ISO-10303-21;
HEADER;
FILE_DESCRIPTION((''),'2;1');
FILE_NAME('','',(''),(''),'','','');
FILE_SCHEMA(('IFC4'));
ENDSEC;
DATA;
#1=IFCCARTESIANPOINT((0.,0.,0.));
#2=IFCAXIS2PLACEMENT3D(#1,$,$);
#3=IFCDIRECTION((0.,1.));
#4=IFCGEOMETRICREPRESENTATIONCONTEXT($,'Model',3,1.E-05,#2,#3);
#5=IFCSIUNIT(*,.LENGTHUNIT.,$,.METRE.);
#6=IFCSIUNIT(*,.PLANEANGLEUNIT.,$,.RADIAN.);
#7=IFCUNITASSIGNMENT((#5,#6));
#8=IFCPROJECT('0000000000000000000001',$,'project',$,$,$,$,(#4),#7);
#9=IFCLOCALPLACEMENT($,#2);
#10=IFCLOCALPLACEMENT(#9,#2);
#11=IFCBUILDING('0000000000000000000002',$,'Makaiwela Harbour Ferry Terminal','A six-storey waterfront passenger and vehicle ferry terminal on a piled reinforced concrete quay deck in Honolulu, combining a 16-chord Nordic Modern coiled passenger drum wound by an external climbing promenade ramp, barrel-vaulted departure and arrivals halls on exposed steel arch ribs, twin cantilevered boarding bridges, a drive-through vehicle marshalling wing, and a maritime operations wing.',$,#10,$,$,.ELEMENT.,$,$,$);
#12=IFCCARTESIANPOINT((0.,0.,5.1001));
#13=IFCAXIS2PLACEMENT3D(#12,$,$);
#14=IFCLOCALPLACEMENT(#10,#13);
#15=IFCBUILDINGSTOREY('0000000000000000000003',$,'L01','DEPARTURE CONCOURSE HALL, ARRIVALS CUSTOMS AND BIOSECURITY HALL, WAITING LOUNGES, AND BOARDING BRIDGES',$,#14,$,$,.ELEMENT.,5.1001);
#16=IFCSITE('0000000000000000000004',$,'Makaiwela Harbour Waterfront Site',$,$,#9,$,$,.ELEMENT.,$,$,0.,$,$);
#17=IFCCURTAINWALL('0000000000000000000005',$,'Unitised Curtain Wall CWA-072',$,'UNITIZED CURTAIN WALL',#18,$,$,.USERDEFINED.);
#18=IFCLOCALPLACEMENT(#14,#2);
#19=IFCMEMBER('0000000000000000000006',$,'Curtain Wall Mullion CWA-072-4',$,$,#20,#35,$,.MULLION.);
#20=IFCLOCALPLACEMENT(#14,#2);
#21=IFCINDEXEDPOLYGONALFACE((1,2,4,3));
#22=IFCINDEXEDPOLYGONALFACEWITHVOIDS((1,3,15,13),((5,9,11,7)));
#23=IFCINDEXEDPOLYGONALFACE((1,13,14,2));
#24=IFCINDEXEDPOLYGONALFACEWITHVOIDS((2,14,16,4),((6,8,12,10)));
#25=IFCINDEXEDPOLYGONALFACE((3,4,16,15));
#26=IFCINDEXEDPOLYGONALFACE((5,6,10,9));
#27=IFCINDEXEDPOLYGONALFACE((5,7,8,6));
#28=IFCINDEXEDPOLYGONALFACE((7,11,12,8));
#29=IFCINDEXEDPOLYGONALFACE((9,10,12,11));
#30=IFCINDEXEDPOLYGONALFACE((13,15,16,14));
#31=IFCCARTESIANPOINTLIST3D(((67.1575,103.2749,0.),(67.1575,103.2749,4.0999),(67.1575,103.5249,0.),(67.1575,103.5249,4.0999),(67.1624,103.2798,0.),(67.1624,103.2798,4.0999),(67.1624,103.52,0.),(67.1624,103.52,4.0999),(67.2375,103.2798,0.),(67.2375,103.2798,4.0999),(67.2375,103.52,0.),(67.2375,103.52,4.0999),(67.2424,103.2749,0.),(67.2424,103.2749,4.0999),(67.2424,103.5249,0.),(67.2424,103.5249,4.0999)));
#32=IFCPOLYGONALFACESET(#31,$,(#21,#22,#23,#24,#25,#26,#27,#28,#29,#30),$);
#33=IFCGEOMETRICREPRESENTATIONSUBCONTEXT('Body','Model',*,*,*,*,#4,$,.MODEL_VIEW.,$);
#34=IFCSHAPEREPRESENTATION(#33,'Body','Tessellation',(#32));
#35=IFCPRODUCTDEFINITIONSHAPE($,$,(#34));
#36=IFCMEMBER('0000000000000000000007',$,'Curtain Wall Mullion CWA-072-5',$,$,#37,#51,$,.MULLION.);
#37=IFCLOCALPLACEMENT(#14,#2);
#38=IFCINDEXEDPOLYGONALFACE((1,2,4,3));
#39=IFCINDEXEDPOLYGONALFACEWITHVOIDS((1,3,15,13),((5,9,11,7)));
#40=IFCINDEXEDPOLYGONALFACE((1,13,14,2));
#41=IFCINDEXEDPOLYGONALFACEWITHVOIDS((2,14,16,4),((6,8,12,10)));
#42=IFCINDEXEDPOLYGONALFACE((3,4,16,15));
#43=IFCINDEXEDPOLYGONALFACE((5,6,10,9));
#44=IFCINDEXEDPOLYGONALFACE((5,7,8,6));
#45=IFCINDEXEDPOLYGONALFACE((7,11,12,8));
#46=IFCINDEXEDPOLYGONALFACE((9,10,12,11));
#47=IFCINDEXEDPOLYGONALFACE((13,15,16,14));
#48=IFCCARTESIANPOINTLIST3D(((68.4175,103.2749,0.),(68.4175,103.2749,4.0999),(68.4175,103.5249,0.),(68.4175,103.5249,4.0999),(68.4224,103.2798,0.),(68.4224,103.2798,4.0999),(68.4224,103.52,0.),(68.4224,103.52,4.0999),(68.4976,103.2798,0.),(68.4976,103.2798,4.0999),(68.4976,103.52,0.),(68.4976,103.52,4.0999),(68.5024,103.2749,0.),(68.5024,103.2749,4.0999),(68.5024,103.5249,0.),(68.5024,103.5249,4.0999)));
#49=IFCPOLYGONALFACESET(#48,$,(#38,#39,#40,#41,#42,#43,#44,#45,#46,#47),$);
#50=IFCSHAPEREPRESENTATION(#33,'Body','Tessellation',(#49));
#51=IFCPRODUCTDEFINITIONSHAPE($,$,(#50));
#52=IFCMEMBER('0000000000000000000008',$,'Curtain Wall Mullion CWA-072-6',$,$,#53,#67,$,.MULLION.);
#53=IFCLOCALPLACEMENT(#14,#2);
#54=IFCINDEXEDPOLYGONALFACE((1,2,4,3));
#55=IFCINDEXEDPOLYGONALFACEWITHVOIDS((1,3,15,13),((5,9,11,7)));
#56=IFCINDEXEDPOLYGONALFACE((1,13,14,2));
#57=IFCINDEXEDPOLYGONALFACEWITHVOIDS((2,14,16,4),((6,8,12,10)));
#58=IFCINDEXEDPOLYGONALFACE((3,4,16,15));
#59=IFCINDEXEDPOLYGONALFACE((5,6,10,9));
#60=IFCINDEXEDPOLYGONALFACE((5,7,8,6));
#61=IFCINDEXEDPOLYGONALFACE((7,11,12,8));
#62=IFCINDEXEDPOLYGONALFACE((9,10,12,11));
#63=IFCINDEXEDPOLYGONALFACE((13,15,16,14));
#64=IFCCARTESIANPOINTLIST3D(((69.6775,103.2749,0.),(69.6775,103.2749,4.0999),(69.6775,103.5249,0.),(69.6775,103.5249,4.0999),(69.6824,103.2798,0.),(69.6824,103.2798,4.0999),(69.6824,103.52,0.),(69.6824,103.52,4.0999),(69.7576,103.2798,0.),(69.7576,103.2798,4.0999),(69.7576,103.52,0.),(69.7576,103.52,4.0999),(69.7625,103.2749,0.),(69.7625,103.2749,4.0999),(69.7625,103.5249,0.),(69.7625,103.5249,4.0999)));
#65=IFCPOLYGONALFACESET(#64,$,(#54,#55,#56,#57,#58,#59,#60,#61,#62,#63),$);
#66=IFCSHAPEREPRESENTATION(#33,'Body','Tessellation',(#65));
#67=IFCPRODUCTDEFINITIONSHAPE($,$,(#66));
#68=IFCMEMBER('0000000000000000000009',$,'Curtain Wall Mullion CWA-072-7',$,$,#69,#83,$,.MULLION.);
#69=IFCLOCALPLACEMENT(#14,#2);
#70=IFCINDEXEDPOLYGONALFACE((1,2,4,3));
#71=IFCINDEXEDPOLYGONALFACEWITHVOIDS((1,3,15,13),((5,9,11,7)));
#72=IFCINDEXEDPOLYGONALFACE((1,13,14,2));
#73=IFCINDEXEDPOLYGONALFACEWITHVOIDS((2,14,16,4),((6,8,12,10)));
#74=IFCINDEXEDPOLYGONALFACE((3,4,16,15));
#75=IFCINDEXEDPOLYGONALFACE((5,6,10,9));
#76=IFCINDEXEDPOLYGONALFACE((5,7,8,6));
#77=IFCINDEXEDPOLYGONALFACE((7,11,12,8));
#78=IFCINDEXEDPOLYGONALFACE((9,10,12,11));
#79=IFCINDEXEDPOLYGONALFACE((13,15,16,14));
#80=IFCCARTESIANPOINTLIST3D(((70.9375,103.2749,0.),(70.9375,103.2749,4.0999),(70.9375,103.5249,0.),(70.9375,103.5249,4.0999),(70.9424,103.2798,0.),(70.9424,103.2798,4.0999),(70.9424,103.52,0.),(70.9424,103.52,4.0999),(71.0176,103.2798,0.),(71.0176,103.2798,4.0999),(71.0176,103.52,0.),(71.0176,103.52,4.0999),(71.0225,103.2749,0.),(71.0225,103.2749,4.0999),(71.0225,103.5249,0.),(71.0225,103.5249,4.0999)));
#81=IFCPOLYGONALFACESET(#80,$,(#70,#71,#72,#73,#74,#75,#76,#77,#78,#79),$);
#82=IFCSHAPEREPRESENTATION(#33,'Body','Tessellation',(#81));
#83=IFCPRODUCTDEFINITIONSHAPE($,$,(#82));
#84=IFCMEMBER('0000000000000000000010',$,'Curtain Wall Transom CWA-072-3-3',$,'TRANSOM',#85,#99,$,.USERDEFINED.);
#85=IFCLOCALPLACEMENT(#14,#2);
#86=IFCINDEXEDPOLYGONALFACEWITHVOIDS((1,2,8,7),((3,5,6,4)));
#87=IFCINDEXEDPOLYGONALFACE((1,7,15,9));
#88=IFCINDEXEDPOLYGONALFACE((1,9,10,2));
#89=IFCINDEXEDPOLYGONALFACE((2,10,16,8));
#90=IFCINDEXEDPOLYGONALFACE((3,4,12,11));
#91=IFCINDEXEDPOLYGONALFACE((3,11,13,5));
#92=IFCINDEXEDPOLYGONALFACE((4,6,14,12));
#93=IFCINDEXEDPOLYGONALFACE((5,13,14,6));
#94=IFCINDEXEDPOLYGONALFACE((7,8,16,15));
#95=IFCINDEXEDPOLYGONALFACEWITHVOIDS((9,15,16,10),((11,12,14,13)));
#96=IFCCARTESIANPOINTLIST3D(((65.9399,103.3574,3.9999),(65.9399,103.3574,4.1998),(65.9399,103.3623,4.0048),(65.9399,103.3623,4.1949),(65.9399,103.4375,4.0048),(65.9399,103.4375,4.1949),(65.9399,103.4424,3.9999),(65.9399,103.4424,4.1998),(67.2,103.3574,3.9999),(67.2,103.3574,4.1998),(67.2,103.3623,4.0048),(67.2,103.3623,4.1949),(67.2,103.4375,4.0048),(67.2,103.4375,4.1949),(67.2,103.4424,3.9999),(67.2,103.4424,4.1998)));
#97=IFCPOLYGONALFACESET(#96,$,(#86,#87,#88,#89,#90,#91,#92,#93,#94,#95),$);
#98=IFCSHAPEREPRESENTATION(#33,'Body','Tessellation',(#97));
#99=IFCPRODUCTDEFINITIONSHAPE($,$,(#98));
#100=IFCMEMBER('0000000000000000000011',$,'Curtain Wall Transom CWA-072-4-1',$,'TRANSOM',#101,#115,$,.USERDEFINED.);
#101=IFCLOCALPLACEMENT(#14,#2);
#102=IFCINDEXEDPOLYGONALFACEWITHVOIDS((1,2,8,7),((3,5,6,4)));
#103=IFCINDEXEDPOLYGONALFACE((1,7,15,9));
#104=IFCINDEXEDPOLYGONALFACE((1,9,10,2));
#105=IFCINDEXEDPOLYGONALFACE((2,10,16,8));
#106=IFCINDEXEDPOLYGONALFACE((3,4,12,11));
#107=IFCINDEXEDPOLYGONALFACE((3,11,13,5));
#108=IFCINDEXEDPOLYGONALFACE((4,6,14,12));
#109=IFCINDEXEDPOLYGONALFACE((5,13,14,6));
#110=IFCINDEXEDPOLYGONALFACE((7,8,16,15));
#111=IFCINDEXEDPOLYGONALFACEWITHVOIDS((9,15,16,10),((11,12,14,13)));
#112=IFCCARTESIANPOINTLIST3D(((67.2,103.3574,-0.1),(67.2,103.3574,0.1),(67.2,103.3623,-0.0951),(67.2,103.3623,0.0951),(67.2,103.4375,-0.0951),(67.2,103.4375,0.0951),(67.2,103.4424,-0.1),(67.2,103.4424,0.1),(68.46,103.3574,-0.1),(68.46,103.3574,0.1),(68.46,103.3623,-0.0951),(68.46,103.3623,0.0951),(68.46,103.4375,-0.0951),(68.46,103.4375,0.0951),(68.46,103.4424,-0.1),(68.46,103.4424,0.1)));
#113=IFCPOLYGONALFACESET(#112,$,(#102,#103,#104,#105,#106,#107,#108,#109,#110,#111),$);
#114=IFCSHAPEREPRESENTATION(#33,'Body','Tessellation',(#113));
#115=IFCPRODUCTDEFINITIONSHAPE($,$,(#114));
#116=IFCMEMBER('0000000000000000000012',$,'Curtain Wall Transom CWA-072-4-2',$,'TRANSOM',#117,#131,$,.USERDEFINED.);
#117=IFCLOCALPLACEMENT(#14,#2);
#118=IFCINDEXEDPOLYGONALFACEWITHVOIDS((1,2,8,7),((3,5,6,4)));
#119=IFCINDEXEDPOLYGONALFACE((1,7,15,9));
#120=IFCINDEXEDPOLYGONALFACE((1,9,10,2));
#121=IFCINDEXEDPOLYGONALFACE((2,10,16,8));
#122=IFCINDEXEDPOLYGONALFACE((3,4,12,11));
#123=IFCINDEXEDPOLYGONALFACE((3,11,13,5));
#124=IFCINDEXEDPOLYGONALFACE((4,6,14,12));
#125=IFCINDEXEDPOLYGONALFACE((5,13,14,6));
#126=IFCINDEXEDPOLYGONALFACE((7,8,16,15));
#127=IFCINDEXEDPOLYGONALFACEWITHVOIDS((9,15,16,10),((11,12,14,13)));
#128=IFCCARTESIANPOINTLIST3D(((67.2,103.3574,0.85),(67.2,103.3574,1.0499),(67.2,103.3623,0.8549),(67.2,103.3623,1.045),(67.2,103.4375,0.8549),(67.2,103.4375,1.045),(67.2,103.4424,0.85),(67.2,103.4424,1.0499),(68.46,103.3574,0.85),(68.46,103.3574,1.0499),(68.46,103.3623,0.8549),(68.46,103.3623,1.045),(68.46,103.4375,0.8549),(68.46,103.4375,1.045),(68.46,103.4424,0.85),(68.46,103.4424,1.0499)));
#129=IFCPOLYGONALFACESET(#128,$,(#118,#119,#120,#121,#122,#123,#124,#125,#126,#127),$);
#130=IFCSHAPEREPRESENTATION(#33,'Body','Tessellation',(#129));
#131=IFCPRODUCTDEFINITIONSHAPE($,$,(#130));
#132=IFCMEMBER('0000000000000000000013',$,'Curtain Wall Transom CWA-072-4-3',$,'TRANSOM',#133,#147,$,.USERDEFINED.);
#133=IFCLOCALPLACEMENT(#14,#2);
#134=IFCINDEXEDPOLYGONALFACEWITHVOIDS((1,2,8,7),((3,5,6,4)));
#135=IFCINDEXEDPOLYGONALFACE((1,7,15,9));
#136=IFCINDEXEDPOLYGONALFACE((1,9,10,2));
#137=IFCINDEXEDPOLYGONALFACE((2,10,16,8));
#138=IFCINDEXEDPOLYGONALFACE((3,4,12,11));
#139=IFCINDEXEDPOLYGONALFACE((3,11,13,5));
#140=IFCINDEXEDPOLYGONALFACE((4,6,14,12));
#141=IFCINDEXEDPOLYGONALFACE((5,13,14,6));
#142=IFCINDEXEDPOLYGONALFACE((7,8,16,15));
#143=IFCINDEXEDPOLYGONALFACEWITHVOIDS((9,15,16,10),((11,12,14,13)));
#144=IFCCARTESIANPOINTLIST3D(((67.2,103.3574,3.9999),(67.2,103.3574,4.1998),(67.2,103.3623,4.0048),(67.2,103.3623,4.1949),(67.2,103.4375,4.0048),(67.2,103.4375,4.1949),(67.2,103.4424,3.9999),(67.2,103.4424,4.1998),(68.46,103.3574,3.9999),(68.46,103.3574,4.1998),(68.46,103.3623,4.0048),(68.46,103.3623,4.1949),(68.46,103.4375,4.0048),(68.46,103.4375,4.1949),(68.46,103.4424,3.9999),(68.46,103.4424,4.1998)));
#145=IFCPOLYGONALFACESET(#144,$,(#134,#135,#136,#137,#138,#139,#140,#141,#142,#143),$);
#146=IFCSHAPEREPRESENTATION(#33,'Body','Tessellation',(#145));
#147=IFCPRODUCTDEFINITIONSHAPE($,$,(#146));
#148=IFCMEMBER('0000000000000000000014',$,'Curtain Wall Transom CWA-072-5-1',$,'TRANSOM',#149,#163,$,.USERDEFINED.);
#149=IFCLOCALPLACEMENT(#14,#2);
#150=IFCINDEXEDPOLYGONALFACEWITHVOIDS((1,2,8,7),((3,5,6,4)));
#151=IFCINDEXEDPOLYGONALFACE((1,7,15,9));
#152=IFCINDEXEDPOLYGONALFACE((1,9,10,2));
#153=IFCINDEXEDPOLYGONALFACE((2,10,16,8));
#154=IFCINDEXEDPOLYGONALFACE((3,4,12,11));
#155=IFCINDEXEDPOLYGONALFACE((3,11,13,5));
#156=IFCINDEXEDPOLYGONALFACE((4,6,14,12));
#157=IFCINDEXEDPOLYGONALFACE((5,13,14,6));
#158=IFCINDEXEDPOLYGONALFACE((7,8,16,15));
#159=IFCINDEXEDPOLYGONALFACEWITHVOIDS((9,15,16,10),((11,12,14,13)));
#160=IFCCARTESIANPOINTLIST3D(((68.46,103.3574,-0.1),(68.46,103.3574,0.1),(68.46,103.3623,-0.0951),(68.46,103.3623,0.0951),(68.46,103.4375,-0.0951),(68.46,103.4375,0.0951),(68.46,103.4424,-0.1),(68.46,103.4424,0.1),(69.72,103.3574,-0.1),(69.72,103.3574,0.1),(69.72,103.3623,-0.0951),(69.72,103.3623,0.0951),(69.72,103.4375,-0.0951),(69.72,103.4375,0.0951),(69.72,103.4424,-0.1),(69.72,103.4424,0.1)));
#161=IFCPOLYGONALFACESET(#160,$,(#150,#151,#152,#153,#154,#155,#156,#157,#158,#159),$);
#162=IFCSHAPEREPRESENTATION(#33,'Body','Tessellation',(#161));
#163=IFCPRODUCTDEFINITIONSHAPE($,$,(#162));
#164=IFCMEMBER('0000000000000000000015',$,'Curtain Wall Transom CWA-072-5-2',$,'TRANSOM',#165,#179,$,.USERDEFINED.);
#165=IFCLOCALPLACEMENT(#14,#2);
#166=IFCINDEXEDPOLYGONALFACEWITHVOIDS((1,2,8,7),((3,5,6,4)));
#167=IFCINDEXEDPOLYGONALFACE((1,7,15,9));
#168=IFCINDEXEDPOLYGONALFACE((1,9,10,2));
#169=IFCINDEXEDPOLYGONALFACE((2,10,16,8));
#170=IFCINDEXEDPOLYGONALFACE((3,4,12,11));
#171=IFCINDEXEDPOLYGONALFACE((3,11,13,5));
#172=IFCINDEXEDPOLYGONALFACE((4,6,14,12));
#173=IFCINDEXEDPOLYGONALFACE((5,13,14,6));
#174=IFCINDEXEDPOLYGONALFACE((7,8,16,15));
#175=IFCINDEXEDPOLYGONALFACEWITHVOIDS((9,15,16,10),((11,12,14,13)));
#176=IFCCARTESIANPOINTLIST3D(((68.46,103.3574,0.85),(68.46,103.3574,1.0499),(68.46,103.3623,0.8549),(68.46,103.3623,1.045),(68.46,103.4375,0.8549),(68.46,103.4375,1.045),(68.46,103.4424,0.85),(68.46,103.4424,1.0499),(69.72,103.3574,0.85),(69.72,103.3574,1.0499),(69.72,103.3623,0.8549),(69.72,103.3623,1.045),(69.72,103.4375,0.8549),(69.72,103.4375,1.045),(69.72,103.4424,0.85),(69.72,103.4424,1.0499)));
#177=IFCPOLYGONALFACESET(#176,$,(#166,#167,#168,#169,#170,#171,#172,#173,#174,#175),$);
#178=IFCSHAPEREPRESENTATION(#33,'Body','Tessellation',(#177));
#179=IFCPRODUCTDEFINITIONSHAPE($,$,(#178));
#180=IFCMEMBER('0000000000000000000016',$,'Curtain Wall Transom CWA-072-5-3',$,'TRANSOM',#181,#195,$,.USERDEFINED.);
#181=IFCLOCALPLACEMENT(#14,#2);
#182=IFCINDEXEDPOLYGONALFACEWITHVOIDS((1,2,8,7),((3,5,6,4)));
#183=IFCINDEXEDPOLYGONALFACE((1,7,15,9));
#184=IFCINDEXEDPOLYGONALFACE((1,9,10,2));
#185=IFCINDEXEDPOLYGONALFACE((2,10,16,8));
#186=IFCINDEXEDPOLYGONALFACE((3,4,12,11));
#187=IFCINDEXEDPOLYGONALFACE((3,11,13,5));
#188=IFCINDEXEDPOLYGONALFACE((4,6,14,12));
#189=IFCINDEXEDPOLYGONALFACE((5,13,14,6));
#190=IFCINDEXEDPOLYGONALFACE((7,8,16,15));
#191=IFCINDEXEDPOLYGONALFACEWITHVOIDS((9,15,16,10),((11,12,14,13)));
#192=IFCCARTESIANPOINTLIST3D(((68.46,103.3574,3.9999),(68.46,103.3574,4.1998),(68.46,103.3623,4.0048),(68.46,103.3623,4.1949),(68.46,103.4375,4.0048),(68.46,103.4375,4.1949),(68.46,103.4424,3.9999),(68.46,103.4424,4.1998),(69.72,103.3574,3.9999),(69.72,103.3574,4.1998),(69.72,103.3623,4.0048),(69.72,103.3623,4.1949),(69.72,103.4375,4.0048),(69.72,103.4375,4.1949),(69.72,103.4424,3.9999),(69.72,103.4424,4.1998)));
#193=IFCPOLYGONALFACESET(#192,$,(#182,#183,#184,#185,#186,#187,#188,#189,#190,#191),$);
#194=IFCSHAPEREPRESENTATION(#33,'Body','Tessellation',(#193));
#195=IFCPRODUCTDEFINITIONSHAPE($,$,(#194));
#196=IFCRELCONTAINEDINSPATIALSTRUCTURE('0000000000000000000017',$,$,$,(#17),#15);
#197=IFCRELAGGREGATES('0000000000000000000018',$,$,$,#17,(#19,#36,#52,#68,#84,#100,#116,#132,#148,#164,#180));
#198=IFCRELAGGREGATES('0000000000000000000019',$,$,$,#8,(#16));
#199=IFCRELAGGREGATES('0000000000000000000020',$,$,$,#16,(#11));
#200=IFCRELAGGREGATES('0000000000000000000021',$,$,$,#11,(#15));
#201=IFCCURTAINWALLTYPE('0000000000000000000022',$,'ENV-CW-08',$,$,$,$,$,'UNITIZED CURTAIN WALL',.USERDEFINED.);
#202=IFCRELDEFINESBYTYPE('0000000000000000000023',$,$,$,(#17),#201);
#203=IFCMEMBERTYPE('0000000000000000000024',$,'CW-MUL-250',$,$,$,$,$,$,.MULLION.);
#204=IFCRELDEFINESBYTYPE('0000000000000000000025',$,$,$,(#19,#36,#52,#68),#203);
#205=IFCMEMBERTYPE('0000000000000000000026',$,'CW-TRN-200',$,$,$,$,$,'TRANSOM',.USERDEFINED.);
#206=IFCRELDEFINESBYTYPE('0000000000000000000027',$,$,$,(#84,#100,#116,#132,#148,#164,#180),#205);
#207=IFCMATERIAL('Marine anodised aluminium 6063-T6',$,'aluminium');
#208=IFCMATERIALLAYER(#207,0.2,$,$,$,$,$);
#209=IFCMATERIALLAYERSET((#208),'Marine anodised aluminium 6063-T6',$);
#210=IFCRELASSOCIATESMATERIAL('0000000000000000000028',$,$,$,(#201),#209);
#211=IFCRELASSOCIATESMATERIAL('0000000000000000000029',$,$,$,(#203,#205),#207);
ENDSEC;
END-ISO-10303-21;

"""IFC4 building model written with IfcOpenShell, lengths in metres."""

from ifc_helpers import new_model, si_unit, direction, frame, origin, origin_2d, place, context, subcontext, project, spatial, hollow_rectangle, extrude, material, layer, layer_set, material_profile, profile_set, type_object, element, aggregate, save


model = new_model("IFC4")

# Units and contexts
model_context = context("Model", 3, precision=1e-05, world=origin(), true_north=direction((0.0, 1.0)))
body_context = subcontext(model_context, "Body", "Model", "MODEL_VIEW")
ifc_project = project(units=[si_unit("LENGTHUNIT", "METRE"), si_unit("PLANEANGLEUNIT", "RADIAN")], contexts=[model_context])

# Site, building, storey
site_placement = place(None, origin())
site = spatial("IfcSite", under=ifc_project, at=site_placement, Name="Makaiwela Harbour Waterfront Site", CompositionType="ELEMENT", RefElevation=0.0)
building_placement = place(site_placement, origin())
building = spatial("IfcBuilding", under=site, at=building_placement, Name="Makaiwela Harbour Ferry Terminal", Description="A six-storey waterfront passenger and vehicle ferry terminal on a piled reinforced concrete quay deck in Honolulu, combining a 16-chord Nordic Modern coiled passenger drum wound by an external climbing promenade ramp, barrel-vaulted departure and arrivals halls on exposed steel arch ribs, twin cantilevered boarding bridges, a drive-through vehicle marshalling wing, and a maritime operations wing.", CompositionType="ELEMENT")
storey_placement = place(building_placement, frame((0.0, 0.0, 5.1001)))
storey = spatial("IfcBuildingStorey", under=building, at=storey_placement, Name="L01", Description="DEPARTURE CONCOURSE HALL, ARRIVALS CUSTOMS AND BIOSECURITY HALL, WAITING LOUNGES, AND BOARDING BRIDGES", CompositionType="ELEMENT", Elevation=5.1001)

# Curtain wall, members
ifc_material_1 = material(Name="Marine anodised aluminium 6063-T6", Category="aluminium")
ifc_layer_1 = layer(ifc_material_1, 0.2)
ifc_layer_set_1 = layer_set([ifc_layer_1], Name="Marine anodised aluminium 6063-T6")
curtain_wall_type = type_object("IfcCurtainWallType", Name="ENV-CW-08", ElementType="UNITIZED CURTAIN WALL", PredefinedType="USERDEFINED", material=ifc_layer_set_1)
curtain_wall_placement = place(storey_placement, origin())
curtain_wall = element("IfcCurtainWall", 1, at=curtain_wall_placement, inside=storey, type_object=curtain_wall_type, Name="Unitised Curtain Wall CWA-072", ObjectType="UNITIZED CURTAIN WALL", PredefinedType="USERDEFINED")
ifc_material_profile_1 = material_profile(ifc_material_1, hollow_rectangle(XDim=0.085, YDim=0.25, WallThickness=0.0049, at=origin_2d()), Name="CWM-250X85")
ifc_profile_set_1 = profile_set([ifc_material_profile_1], Name="Marine anodised aluminium 6063-T6")
member_type_1 = type_object("IfcMemberType", Name="CW-MUL-250", PredefinedType="MULLION", material=ifc_profile_set_1)
member_1_placement = place(storey_placement, frame((67.2, 103.3999, 0.0), z_axis=(0.0, 0.0, 1.0), x_axis=(1.0, 0.0, 0.0)))
member_1 = element("IfcMember", 2, at=member_1_placement, type_object=member_type_1, Name="Curtain Wall Mullion CWA-072-4", PredefinedType="MULLION", context=body_context, shape_type="SweptSolid", body=[
    extrude(hollow_rectangle(XDim=0.085, YDim=0.25, WallThickness=0.0049, at=origin_2d()), origin(), (0.0, 0.0, 1.0), 4.0999),
])
member_2_placement = place(storey_placement, frame((68.46, 103.3999, 0.0), z_axis=(0.0, 0.0, 1.0), x_axis=(1.0, 0.0, 0.0)))
member_2 = element("IfcMember", 3, at=member_2_placement, type_object=member_type_1, Name="Curtain Wall Mullion CWA-072-5", PredefinedType="MULLION", context=body_context, shape_type="SweptSolid", body=[
    extrude(hollow_rectangle(XDim=0.085, YDim=0.25, WallThickness=0.0049, at=origin_2d()), origin(), (0.0, 0.0, 1.0), 4.0999),
])
member_3_placement = place(storey_placement, frame((69.72, 103.3999, 0.0), z_axis=(0.0, 0.0, 1.0), x_axis=(1.0, 0.0, 0.0)))
member_3 = element("IfcMember", 4, at=member_3_placement, type_object=member_type_1, Name="Curtain Wall Mullion CWA-072-6", PredefinedType="MULLION", context=body_context, shape_type="SweptSolid", body=[
    extrude(hollow_rectangle(XDim=0.085, YDim=0.25, WallThickness=0.0049, at=origin_2d()), origin(), (0.0, 0.0, 1.0), 4.0999),
])
member_4_placement = place(storey_placement, frame((70.98, 103.3999, 0.0), z_axis=(0.0, 0.0, 1.0), x_axis=(1.0, 0.0, 0.0)))
member_4 = element("IfcMember", 5, at=member_4_placement, type_object=member_type_1, Name="Curtain Wall Mullion CWA-072-7", PredefinedType="MULLION", context=body_context, shape_type="SweptSolid", body=[
    extrude(hollow_rectangle(XDim=0.085, YDim=0.25, WallThickness=0.0049, at=origin_2d()), origin(), (0.0, 0.0, 1.0), 4.0999),
])
ifc_material_profile_2 = material_profile(ifc_material_1, hollow_rectangle(XDim=0.085, YDim=0.2, WallThickness=0.0049, at=origin_2d()), Name="CWT-200X85")
ifc_profile_set_2 = profile_set([ifc_material_profile_2], Name="Marine anodised aluminium 6063-T6")
member_type_2 = type_object("IfcMemberType", Name="CW-TRN-200", ElementType="TRANSOM", PredefinedType="USERDEFINED", material=ifc_profile_set_2)
member_5_placement = place(storey_placement, frame((65.9399, 103.3999, 4.0999), z_axis=(1.0, 0.0, 0.0), x_axis=(0.0, 1.0, 0.0)))
member_5 = element("IfcMember", 6, at=member_5_placement, type_object=member_type_2, Name="Curtain Wall Transom CWA-072-3-3", ObjectType="TRANSOM", PredefinedType="USERDEFINED", context=body_context, shape_type="SweptSolid", body=[
    extrude(hollow_rectangle(XDim=0.085, YDim=0.2, WallThickness=0.0049, at=origin_2d()), origin(), (0.0, 0.0, 1.0), 1.26),
])
member_6_placement = place(storey_placement, frame((67.2, 103.3999, 0.0), z_axis=(1.0, 0.0, 0.0), x_axis=(0.0, 1.0, 0.0)))
member_6 = element("IfcMember", 7, at=member_6_placement, type_object=member_type_2, Name="Curtain Wall Transom CWA-072-4-1", ObjectType="TRANSOM", PredefinedType="USERDEFINED", context=body_context, shape_type="SweptSolid", body=[
    extrude(hollow_rectangle(XDim=0.085, YDim=0.2, WallThickness=0.0049, at=origin_2d()), origin(), (0.0, 0.0, 1.0), 1.26),
])
member_7_placement = place(storey_placement, frame((67.2, 103.3999, 0.95), z_axis=(1.0, 0.0, 0.0), x_axis=(0.0, 1.0, 0.0)))
member_7 = element("IfcMember", 8, at=member_7_placement, type_object=member_type_2, Name="Curtain Wall Transom CWA-072-4-2", ObjectType="TRANSOM", PredefinedType="USERDEFINED", context=body_context, shape_type="SweptSolid", body=[
    extrude(hollow_rectangle(XDim=0.085, YDim=0.2, WallThickness=0.0049, at=origin_2d()), origin(), (0.0, 0.0, 1.0), 1.26),
])
member_8_placement = place(storey_placement, frame((67.2, 103.3999, 4.0999), z_axis=(1.0, 0.0, 0.0), x_axis=(0.0, 1.0, 0.0)))
member_8 = element("IfcMember", 9, at=member_8_placement, type_object=member_type_2, Name="Curtain Wall Transom CWA-072-4-3", ObjectType="TRANSOM", PredefinedType="USERDEFINED", context=body_context, shape_type="SweptSolid", body=[
    extrude(hollow_rectangle(XDim=0.085, YDim=0.2, WallThickness=0.0049, at=origin_2d()), origin(), (0.0, 0.0, 1.0), 1.26),
])
member_9_placement = place(storey_placement, frame((68.46, 103.3999, 0.0), z_axis=(1.0, 0.0, 0.0), x_axis=(0.0, 1.0, 0.0)))
member_9 = element("IfcMember", 10, at=member_9_placement, type_object=member_type_2, Name="Curtain Wall Transom CWA-072-5-1", ObjectType="TRANSOM", PredefinedType="USERDEFINED", context=body_context, shape_type="SweptSolid", body=[
    extrude(hollow_rectangle(XDim=0.085, YDim=0.2, WallThickness=0.0049, at=origin_2d()), origin(), (0.0, 0.0, 1.0), 1.26),
])
member_10_placement = place(storey_placement, frame((68.46, 103.3999, 0.95), z_axis=(1.0, 0.0, 0.0), x_axis=(0.0, 1.0, 0.0)))
member_10 = element("IfcMember", 11, at=member_10_placement, type_object=member_type_2, Name="Curtain Wall Transom CWA-072-5-2", ObjectType="TRANSOM", PredefinedType="USERDEFINED", context=body_context, shape_type="SweptSolid", body=[
    extrude(hollow_rectangle(XDim=0.085, YDim=0.2, WallThickness=0.0049, at=origin_2d()), origin(), (0.0, 0.0, 1.0), 1.26),
])
member_11_placement = place(storey_placement, frame((68.46, 103.3999, 4.0999), z_axis=(1.0, 0.0, 0.0), x_axis=(0.0, 1.0, 0.0)))
member_11 = element("IfcMember", 12, at=member_11_placement, type_object=member_type_2, Name="Curtain Wall Transom CWA-072-5-3", ObjectType="TRANSOM", PredefinedType="USERDEFINED", context=body_context, shape_type="SweptSolid", body=[
    extrude(hollow_rectangle(XDim=0.085, YDim=0.2, WallThickness=0.0049, at=origin_2d()), origin(), (0.0, 0.0, 1.0), 1.26),
])

aggregate(curtain_wall, [member_1, member_2, member_3, member_4, member_5, member_6, member_7, member_8, member_9, member_10, member_11])

save(model, "model.ifc")
